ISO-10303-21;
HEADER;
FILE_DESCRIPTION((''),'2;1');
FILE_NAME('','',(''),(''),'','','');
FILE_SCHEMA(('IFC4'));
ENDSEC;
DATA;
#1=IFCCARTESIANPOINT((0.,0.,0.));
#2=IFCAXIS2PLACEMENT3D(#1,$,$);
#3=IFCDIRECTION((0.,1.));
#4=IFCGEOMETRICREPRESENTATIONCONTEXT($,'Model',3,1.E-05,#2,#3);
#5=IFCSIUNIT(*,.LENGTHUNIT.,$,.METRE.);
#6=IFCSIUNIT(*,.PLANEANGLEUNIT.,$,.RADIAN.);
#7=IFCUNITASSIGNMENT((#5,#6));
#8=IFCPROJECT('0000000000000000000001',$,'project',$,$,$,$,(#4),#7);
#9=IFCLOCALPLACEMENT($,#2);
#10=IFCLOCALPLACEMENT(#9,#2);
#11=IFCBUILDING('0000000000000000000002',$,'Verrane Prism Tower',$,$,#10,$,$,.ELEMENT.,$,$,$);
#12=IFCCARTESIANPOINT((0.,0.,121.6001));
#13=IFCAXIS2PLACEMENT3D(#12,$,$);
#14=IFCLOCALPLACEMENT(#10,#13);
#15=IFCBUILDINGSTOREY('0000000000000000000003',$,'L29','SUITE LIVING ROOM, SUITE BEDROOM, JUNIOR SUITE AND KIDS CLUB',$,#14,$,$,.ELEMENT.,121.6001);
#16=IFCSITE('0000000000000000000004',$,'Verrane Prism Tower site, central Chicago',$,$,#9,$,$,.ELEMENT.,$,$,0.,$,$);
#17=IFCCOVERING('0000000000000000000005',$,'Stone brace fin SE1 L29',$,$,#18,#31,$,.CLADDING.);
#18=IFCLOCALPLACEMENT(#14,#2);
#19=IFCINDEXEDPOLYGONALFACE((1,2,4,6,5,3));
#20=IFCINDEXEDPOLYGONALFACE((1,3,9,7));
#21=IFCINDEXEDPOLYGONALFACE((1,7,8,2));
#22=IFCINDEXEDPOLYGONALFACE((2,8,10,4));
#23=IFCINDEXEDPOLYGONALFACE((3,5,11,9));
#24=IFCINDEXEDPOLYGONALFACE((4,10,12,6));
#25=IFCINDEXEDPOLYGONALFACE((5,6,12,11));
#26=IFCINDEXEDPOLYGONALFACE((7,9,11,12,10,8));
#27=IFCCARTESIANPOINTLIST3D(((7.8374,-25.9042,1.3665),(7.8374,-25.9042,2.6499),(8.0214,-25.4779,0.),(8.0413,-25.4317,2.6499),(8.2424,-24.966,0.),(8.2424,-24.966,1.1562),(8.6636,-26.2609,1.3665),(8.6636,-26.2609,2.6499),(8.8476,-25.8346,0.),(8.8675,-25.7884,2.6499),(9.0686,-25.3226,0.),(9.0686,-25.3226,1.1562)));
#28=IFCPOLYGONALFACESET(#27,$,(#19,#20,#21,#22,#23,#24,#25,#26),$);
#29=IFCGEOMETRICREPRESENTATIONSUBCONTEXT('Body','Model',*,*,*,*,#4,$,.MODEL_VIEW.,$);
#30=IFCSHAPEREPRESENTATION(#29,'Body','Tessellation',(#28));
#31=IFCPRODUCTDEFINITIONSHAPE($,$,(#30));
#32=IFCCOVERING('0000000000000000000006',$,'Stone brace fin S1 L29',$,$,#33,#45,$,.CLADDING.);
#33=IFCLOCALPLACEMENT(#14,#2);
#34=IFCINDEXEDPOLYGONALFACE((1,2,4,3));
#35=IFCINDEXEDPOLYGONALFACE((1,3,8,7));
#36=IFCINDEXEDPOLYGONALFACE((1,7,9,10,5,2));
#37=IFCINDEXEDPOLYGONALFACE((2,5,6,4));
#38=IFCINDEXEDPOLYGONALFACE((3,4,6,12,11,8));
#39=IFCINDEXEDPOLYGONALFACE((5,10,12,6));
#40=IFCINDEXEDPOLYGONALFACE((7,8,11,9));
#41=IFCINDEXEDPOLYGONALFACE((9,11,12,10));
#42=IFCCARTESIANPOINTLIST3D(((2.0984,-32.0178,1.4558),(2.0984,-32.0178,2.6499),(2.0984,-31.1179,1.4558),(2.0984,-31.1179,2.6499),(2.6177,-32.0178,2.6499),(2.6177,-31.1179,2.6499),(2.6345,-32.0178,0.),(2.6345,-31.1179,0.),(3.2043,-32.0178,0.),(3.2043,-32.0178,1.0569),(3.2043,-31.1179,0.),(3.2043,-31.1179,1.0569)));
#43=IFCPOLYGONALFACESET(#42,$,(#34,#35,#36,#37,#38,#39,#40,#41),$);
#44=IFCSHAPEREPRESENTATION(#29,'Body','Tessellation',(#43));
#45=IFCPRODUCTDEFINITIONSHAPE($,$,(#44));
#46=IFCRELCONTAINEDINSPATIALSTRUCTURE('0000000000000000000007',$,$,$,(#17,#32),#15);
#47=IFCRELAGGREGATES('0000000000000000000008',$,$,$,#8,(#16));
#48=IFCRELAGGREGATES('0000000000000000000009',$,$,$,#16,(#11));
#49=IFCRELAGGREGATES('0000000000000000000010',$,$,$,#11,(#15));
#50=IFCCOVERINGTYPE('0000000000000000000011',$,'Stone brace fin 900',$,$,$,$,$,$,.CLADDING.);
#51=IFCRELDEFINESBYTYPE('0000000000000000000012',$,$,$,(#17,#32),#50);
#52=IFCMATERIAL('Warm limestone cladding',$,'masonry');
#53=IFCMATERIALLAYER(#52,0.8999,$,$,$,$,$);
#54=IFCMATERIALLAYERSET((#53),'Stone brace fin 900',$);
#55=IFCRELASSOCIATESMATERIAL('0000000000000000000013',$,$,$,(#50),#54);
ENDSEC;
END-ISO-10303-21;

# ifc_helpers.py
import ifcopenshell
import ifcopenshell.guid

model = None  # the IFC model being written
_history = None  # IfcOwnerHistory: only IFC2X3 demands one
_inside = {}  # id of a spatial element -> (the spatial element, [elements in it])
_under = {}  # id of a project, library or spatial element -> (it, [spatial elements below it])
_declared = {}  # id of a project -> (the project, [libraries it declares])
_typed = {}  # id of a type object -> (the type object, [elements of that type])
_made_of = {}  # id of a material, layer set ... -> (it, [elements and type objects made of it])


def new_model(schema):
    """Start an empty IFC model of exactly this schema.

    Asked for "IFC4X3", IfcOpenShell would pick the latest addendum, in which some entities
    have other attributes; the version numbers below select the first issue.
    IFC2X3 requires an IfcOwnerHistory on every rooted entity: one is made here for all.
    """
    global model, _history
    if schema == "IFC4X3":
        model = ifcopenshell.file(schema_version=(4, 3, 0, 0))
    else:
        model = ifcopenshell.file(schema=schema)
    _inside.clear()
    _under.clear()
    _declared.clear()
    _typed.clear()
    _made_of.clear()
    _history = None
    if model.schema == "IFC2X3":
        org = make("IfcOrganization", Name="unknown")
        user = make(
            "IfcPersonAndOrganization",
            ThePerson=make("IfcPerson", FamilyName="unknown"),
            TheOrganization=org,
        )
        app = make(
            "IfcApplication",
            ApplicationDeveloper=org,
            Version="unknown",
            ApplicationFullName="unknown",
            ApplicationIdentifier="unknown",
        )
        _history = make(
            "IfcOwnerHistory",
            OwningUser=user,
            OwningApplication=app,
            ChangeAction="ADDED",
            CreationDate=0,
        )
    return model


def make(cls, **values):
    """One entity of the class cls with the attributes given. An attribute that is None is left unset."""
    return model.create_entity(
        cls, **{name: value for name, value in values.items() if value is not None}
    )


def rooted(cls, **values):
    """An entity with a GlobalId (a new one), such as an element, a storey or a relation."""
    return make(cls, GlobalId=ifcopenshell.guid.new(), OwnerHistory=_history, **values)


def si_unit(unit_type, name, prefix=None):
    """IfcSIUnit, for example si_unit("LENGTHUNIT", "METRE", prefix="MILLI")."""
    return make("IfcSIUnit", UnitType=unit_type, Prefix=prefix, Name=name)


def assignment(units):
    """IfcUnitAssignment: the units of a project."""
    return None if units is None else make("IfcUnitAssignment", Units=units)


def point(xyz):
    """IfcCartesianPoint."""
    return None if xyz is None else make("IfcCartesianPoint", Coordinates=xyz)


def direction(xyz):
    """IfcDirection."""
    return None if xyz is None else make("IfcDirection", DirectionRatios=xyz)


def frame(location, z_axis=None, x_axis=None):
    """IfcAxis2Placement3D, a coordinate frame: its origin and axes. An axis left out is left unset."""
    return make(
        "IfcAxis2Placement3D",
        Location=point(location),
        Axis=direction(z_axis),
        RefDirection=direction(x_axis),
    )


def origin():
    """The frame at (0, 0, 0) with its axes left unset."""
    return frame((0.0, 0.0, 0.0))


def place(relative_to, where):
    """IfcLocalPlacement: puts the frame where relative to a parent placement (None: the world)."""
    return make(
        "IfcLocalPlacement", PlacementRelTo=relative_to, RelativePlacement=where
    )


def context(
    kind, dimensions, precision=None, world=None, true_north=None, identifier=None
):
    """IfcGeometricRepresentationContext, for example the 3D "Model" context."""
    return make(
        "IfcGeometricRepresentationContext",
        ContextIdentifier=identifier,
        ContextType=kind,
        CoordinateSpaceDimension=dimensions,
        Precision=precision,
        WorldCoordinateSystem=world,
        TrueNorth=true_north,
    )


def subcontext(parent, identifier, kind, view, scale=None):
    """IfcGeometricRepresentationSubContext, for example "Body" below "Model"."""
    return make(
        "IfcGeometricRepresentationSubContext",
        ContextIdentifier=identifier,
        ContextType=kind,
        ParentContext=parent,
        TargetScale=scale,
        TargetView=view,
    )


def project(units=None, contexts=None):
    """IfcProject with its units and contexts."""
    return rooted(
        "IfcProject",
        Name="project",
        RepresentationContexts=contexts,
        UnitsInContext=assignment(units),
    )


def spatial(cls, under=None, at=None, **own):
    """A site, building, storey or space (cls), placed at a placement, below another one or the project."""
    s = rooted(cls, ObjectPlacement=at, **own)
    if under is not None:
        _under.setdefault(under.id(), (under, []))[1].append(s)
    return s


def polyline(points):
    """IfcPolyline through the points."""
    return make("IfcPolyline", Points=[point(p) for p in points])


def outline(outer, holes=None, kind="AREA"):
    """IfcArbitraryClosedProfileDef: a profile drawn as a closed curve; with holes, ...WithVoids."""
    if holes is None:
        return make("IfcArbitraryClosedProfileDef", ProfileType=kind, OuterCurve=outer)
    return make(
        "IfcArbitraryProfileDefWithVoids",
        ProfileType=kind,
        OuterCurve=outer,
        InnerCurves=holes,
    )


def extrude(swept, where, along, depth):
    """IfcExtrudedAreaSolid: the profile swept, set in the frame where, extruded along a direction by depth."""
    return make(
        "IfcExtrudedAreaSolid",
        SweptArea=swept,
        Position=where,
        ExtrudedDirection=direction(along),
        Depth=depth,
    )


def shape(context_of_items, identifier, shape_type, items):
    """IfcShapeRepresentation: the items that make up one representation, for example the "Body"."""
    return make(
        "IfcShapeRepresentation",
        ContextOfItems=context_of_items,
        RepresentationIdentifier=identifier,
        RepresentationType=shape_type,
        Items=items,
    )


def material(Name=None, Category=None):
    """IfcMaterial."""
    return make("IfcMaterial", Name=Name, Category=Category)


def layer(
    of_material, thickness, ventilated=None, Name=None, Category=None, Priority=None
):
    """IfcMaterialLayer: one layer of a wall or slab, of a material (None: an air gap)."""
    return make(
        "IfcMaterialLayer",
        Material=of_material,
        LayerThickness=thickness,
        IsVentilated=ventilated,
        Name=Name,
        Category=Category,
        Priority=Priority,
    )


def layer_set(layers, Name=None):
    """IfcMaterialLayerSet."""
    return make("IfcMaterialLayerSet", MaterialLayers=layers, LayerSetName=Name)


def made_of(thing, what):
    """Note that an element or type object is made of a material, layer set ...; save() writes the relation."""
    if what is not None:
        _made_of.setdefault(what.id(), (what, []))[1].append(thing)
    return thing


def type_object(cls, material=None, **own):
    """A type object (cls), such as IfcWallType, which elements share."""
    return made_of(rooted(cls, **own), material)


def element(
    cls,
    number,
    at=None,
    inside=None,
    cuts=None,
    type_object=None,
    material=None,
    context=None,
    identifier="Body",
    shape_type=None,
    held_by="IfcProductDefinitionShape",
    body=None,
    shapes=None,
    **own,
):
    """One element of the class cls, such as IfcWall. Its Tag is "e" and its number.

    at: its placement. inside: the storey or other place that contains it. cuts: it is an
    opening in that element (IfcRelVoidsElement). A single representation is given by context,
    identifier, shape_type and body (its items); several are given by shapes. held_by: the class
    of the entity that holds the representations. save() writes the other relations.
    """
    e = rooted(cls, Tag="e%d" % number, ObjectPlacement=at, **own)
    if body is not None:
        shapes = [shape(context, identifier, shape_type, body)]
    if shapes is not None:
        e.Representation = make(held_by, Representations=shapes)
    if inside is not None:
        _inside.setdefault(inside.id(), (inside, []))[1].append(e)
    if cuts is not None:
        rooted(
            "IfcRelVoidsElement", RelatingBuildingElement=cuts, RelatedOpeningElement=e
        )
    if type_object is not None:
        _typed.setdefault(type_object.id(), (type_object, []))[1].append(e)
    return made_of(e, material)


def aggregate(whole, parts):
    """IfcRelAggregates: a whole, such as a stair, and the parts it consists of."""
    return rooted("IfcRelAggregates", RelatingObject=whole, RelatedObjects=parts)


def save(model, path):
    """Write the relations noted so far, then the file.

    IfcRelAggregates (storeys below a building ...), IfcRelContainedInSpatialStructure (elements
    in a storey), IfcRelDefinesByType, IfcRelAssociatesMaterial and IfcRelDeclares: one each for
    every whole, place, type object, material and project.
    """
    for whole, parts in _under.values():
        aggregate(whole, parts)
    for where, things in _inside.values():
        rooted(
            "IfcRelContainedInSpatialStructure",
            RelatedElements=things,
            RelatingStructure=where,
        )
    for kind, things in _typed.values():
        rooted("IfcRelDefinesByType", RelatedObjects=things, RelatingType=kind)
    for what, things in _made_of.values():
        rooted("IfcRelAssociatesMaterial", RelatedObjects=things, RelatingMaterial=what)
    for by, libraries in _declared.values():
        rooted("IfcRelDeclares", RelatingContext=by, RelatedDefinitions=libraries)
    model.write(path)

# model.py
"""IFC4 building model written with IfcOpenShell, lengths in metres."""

from ifc_helpers import new_model, si_unit, direction, frame, origin, place, context, subcontext, project, spatial, polyline, outline, extrude, material, layer, layer_set, type_object, element, save


model = new_model("IFC4")

# Units and contexts
model_context = context("Model", 3, precision=1e-05, world=origin(), true_north=direction((0.0, 1.0)))
body_context = subcontext(model_context, "Body", "Model", "MODEL_VIEW")
ifc_project = project(units=[si_unit("LENGTHUNIT", "METRE"), si_unit("PLANEANGLEUNIT", "RADIAN")], contexts=[model_context])

# Site, building, storey
site_placement = place(None, origin())
site = spatial("IfcSite", under=ifc_project, at=site_placement, Name="Verrane Prism Tower site, central Chicago", CompositionType="ELEMENT", RefElevation=0.0)
building_placement = place(site_placement, origin())
building = spatial("IfcBuilding", under=site, at=building_placement, Name="Verrane Prism Tower", CompositionType="ELEMENT")
storey_placement = place(building_placement, frame((0.0, 0.0, 121.6001)))
storey = spatial("IfcBuildingStorey", under=building, at=storey_placement, Name="L29", Description="SUITE LIVING ROOM, SUITE BEDROOM, JUNIOR SUITE AND KIDS CLUB", CompositionType="ELEMENT", Elevation=121.6001)

# Coverings
ifc_material_1 = material(Name="Warm limestone cladding", Category="masonry")
ifc_layer_1 = layer(ifc_material_1, 0.8999)
ifc_layer_set_1 = layer_set([ifc_layer_1], Name="Stone brace fin 900")
covering_type = type_object("IfcCoveringType", Name="Stone brace fin 900", PredefinedType="CLADDING", material=ifc_layer_set_1)
covering_1_placement = place(storey_placement, frame((8.6555, -25.1443, 0.0), z_axis=(0.0, 0.0, 1.0), x_axis=(-0.39634, -0.918104, 0.0)))
element("IfcCovering", 1, at=covering_1_placement, inside=storey, type_object=covering_type, Name="Stone brace fin SE1 L29", PredefinedType="CLADDING", context=body_context, shape_type="SweptSolid", body=[
    extrude(outline(polyline([(1.022, 2.6499), (0.5073, 2.6499), (0.0, 1.1562), (0.0, 0.0), (0.5576, 0.0), (1.022, 1.3665), (1.022, 2.6499)])), frame((0.0, 0.45, 0.0), z_axis=(0.0, -1.0, 0.0), x_axis=(1.0, 0.0, 0.0)), (0.0, 0.0, 1.0), 0.8999),
])
covering_2_placement = place(storey_placement, frame((3.2043, -31.5679, 0.0), z_axis=(0.0, 0.0, 1.0), x_axis=(-1.0, 0.0, 0.0)))
element("IfcCovering", 2, at=covering_2_placement, inside=storey, type_object=covering_type, Name="Stone brace fin S1 L29", PredefinedType="CLADDING", context=body_context, shape_type="SweptSolid", body=[
    extrude(outline(polyline([(1.106, 2.6499), (0.5867, 2.6499), (0.0, 1.0569), (0.0, 0.0), (0.5698, 0.0), (1.106, 1.4558), (1.106, 2.6499)])), frame((0.0, 0.45, 0.0), z_axis=(0.0, -1.0, 0.0), x_axis=(1.0, 0.0, 0.0)), (0.0, 0.0, 1.0), 0.8999),
])

save(model, "model.ifc")
